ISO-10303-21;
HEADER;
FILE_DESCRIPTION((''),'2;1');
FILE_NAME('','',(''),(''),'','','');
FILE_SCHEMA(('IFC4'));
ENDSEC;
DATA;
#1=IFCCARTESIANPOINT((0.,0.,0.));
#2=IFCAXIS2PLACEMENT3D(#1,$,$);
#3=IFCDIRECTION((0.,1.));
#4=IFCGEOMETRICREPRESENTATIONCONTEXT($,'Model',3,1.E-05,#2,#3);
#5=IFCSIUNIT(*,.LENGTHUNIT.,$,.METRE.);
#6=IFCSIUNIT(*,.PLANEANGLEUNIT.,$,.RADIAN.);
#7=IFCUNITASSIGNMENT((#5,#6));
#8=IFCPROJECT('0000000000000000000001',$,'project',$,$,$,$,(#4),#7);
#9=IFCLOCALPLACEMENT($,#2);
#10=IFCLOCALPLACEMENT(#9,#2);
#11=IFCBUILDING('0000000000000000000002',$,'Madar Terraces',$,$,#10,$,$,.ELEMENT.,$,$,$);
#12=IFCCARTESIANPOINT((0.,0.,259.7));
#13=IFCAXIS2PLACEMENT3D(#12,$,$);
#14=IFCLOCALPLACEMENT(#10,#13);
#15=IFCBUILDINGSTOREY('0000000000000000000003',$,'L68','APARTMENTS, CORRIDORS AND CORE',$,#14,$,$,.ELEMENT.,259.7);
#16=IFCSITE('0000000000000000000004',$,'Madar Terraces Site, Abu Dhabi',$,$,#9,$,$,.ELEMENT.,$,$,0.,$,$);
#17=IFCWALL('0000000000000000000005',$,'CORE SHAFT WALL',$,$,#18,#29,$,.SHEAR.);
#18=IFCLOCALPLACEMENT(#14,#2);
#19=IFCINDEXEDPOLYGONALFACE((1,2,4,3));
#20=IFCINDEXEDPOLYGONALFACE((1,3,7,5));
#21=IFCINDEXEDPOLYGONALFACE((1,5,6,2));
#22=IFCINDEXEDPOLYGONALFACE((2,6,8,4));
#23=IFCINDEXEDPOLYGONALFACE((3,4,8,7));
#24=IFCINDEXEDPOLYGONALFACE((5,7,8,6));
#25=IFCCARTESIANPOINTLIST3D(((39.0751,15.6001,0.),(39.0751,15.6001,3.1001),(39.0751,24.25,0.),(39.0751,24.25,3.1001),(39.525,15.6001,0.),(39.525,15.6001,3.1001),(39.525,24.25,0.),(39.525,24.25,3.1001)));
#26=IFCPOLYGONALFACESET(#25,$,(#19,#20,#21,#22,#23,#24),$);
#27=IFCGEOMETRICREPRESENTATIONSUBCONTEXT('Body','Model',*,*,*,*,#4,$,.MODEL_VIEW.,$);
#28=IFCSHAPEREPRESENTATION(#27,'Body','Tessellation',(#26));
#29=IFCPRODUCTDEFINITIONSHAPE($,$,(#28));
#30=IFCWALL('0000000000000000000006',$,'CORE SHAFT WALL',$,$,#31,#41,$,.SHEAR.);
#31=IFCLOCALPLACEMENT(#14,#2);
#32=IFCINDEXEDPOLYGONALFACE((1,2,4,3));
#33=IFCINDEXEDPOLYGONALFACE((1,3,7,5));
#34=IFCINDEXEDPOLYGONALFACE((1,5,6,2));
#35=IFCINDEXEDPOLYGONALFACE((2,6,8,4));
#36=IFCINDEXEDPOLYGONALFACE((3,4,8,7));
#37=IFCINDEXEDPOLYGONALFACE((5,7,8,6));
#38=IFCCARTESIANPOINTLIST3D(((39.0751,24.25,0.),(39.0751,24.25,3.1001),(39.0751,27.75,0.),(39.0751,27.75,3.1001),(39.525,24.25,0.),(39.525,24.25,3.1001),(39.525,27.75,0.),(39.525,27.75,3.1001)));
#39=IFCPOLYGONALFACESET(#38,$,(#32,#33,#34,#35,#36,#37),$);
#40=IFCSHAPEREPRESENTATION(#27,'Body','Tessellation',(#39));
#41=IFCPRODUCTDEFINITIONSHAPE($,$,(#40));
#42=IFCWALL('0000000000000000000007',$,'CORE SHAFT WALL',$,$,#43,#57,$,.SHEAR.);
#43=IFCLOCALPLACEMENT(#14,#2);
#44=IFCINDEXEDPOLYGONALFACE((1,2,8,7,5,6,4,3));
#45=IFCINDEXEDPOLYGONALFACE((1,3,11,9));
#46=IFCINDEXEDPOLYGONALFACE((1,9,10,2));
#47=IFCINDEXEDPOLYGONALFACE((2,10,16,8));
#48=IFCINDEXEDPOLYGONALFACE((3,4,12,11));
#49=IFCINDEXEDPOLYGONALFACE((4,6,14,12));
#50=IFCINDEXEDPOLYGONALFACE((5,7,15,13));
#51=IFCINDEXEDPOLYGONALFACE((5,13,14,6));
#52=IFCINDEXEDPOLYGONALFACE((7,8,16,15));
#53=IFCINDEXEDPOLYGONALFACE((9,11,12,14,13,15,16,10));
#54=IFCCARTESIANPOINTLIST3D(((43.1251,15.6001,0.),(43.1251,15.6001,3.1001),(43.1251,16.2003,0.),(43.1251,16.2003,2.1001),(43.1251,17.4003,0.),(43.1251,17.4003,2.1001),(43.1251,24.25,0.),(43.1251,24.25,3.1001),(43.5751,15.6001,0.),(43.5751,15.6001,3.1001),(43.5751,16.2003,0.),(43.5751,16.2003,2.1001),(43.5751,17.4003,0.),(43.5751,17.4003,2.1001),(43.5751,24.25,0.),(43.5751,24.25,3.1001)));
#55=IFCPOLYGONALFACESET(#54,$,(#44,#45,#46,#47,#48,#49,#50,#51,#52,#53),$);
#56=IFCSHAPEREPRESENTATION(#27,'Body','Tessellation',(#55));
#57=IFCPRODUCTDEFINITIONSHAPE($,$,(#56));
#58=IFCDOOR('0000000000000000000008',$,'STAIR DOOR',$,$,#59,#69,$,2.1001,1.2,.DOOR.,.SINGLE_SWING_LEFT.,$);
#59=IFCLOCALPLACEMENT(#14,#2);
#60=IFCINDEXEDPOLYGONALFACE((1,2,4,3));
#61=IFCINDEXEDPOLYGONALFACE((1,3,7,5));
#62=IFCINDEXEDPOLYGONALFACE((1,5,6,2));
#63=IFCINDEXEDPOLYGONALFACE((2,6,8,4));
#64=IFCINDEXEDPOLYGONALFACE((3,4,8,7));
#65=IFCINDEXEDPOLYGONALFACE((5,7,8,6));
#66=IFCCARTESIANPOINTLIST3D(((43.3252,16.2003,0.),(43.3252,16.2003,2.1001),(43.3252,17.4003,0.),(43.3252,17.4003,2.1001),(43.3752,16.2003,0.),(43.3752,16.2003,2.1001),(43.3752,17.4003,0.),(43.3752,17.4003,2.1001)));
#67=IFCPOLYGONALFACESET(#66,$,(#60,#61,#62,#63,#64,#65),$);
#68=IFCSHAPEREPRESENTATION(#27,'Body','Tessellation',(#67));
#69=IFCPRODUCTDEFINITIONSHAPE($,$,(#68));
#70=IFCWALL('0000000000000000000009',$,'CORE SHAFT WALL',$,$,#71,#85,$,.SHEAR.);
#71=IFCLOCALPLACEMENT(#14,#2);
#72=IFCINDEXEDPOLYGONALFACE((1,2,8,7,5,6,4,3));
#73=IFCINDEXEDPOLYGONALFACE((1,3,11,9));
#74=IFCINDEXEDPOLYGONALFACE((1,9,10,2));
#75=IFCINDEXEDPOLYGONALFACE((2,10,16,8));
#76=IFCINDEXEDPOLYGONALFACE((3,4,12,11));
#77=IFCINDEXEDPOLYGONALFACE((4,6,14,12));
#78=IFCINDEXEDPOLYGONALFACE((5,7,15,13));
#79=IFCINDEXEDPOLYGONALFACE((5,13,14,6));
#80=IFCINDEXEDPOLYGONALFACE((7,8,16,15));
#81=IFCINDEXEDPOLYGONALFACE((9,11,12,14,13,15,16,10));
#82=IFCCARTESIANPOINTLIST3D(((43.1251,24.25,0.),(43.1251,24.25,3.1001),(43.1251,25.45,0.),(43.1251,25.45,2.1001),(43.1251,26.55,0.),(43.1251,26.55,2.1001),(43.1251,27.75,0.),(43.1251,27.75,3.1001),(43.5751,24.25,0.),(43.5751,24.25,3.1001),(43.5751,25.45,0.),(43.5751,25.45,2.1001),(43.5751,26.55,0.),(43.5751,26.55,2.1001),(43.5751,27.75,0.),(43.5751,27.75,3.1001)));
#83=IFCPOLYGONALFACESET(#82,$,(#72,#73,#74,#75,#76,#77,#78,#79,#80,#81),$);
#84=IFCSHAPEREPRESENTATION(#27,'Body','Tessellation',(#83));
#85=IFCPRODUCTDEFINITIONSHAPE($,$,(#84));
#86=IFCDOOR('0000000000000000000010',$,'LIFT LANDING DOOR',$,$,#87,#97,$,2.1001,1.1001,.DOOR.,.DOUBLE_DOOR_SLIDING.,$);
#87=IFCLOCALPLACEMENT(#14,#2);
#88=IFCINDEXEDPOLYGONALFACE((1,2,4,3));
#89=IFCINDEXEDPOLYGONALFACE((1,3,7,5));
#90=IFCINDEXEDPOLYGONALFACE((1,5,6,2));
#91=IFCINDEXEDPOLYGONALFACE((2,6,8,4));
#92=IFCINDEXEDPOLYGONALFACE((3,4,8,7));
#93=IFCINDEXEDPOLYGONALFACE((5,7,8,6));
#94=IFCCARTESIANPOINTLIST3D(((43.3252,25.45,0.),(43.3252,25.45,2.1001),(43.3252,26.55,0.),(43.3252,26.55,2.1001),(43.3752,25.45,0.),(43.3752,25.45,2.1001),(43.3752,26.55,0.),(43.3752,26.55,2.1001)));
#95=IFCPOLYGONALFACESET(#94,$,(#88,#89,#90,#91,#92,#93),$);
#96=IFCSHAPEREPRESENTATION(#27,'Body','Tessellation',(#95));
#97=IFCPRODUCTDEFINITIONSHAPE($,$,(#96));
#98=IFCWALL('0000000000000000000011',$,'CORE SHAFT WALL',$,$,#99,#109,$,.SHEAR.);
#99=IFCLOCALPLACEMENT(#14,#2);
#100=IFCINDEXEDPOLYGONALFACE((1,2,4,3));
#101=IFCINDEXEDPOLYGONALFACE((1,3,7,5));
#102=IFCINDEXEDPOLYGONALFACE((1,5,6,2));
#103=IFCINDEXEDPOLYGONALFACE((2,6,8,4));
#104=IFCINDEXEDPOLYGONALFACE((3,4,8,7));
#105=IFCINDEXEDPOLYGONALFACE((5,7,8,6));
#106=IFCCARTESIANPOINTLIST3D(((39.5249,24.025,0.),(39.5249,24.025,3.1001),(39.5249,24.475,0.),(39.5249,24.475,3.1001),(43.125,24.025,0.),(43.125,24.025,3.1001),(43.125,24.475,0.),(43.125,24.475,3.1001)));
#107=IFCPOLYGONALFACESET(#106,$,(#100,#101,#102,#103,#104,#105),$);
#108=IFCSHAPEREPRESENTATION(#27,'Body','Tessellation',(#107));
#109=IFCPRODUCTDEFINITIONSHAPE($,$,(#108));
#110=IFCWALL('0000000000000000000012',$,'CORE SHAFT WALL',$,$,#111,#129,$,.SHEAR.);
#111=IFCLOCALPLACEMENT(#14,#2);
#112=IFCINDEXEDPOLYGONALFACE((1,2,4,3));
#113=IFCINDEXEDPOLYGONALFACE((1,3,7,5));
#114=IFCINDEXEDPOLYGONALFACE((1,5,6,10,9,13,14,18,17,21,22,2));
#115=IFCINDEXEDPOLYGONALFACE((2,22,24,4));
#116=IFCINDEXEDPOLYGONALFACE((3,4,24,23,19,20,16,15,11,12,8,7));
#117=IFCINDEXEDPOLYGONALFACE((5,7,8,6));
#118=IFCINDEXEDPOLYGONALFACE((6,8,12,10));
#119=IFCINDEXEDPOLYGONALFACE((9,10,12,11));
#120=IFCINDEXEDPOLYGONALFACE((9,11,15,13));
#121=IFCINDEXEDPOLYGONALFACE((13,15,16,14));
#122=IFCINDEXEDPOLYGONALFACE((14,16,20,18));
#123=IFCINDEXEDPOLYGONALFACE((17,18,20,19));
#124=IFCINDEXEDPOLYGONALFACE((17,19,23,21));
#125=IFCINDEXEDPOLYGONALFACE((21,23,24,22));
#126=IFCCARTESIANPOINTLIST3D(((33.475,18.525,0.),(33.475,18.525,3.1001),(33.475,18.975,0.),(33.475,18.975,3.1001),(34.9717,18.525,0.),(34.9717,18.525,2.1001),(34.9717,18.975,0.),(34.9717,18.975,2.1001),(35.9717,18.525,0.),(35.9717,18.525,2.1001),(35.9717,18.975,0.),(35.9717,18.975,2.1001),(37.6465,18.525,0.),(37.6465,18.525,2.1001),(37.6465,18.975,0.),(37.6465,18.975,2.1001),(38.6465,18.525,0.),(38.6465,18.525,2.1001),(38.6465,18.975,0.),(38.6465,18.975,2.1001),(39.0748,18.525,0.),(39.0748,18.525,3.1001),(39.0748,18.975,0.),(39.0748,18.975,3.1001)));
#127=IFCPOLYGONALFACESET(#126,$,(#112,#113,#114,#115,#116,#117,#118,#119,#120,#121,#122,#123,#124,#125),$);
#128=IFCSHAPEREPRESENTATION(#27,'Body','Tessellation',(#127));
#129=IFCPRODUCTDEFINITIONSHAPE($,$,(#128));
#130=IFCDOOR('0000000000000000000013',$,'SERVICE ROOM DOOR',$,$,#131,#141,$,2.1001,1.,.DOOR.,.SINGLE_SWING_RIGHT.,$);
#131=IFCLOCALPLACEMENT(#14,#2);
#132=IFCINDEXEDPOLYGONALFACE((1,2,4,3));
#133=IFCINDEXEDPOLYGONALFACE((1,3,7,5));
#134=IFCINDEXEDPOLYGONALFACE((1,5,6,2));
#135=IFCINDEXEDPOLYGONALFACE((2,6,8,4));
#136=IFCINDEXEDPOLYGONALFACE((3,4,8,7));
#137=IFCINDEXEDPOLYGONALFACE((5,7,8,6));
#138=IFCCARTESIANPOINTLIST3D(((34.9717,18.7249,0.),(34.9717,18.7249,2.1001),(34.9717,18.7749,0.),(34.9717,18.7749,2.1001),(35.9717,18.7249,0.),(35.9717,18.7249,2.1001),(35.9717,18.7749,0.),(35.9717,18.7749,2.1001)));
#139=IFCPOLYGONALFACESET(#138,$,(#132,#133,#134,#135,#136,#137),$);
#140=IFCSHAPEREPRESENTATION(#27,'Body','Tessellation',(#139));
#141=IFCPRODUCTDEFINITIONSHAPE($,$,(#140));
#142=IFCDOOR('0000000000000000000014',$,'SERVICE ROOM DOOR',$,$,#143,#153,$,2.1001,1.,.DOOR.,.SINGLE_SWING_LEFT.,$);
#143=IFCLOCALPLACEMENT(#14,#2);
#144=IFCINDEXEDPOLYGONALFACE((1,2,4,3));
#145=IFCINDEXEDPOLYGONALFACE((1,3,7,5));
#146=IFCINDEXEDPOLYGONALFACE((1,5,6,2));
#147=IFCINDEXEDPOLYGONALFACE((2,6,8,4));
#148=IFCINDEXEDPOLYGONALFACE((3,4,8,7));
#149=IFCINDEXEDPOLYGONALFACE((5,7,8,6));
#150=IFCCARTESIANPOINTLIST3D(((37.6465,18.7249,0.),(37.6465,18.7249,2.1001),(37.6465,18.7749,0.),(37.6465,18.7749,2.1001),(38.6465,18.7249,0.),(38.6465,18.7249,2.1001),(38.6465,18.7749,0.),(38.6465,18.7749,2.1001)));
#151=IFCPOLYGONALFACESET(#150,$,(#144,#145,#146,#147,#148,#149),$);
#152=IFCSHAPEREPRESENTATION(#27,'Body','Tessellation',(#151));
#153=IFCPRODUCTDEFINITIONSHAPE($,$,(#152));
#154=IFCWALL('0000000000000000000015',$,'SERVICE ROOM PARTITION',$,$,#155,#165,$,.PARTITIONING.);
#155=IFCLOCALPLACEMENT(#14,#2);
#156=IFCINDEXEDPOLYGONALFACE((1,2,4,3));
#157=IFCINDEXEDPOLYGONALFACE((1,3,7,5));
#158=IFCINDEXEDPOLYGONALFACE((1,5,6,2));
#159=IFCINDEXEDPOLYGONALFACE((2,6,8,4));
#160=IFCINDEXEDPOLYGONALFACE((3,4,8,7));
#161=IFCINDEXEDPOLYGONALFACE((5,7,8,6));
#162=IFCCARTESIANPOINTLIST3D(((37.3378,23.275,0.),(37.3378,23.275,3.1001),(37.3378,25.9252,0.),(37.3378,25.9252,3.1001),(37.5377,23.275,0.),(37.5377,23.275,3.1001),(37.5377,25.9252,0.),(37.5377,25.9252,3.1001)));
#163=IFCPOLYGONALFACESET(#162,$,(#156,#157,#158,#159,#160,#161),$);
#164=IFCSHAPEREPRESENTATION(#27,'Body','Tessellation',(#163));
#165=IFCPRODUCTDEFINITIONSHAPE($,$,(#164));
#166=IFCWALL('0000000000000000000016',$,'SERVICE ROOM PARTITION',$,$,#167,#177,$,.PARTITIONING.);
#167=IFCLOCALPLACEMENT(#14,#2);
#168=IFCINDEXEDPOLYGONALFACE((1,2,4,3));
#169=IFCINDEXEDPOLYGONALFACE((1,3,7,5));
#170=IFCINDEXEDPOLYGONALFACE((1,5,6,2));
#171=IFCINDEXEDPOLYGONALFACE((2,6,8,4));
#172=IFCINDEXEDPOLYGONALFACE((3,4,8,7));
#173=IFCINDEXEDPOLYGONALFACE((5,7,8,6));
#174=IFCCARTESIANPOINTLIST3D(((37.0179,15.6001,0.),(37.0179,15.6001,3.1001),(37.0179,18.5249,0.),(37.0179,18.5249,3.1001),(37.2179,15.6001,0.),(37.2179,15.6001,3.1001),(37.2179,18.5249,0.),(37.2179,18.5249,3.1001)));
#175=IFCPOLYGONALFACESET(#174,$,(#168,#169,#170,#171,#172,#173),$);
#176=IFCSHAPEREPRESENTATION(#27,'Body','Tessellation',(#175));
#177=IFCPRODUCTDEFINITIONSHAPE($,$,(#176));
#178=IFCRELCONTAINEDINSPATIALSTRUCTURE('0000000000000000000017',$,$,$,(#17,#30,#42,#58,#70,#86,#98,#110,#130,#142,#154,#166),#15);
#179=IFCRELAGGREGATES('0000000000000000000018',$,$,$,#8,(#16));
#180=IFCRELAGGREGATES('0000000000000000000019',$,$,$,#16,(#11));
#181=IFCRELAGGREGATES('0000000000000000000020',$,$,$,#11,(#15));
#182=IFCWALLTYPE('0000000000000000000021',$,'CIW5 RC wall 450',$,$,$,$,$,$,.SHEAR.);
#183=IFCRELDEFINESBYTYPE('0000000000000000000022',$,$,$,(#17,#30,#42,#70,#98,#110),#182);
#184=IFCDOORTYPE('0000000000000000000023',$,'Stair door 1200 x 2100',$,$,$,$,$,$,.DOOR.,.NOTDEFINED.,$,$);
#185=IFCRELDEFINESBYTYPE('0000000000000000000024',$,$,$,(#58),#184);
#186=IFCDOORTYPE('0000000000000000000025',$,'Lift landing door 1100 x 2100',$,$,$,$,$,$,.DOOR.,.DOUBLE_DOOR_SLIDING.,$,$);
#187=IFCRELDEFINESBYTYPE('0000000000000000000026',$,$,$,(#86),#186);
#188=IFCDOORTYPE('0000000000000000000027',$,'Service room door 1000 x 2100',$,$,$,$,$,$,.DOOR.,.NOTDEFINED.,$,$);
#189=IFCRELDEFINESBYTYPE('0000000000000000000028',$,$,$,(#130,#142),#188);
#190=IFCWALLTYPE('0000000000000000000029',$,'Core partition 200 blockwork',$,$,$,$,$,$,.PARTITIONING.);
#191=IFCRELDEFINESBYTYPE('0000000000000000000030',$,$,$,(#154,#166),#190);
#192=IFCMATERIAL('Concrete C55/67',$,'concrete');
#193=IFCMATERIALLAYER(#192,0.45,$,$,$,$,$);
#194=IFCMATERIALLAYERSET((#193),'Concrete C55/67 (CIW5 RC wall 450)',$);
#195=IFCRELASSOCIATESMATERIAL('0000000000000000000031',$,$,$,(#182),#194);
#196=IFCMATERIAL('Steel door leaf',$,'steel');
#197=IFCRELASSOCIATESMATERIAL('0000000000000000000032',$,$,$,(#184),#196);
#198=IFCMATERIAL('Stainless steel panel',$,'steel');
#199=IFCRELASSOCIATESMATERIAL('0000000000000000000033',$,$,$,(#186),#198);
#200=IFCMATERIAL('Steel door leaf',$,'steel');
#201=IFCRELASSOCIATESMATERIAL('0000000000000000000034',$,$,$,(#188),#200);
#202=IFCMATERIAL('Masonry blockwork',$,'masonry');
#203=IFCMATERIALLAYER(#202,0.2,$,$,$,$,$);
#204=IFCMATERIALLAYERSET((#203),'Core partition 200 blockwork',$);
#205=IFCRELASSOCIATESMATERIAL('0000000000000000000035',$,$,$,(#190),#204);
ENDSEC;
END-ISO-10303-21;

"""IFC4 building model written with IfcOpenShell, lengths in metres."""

from ifc_helpers import new_model, si_unit, direction, frame, frame_2d, origin, place, context, subcontext, project, spatial, rectangle, extrude, material, layer, layer_set, type_object, element, fill, save


model = new_model("IFC4")

# Units and contexts
model_context = context("Model", 3, precision=1e-05, world=origin(), true_north=direction((0.0, 1.0)))
body_context = subcontext(model_context, "Body", "Model", "MODEL_VIEW")
ifc_project = project(units=[si_unit("LENGTHUNIT", "METRE"), si_unit("PLANEANGLEUNIT", "RADIAN")], contexts=[model_context])

# Site, building, storey
site_placement = place(None, origin())
site = spatial("IfcSite", under=ifc_project, at=site_placement, Name="Madar Terraces Site, Abu Dhabi", CompositionType="ELEMENT", RefElevation=0.0)
building_placement = place(site_placement, origin())
building = spatial("IfcBuilding", under=site, at=building_placement, Name="Madar Terraces", CompositionType="ELEMENT")
storey_placement = place(building_placement, frame((0.0, 0.0, 259.7)))
storey = spatial("IfcBuildingStorey", under=building, at=storey_placement, Name="L68", Description="APARTMENTS, CORRIDORS AND CORE", CompositionType="ELEMENT", Elevation=259.7)

# Walls
ifc_material_1 = material(Name="Concrete C55/67", Category="concrete")
ifc_layer_1 = layer(ifc_material_1, 0.45)
ifc_layer_set_1 = layer_set([ifc_layer_1], Name="Concrete C55/67 (CIW5 RC wall 450)")
wall_type_1 = type_object("IfcWallType", Name="CIW5 RC wall 450", PredefinedType="SHEAR", material=ifc_layer_set_1)
wall_1_placement = place(storey_placement, frame((39.3, 15.6001, 0.0), z_axis=(0.0, 0.0, 1.0), x_axis=(0.0, 1.0, 0.0)))
element("IfcWall", 1, at=wall_1_placement, inside=storey, type_object=wall_type_1, Name="CORE SHAFT WALL", PredefinedType="SHEAR", context=body_context, shape_type="SweptSolid", body=[
    extrude(rectangle(XDim=8.6499, YDim=0.45, at=frame_2d((4.325, 0.0))), origin(), (0.0, 0.0, 1.0), 3.1001),
])
wall_2_placement = place(storey_placement, frame((39.3, 24.25, 0.0), z_axis=(0.0, 0.0, 1.0), x_axis=(0.0, 1.0, 0.0)))
element("IfcWall", 2, at=wall_2_placement, inside=storey, type_object=wall_type_1, Name="CORE SHAFT WALL", PredefinedType="SHEAR", context=body_context, shape_type="SweptSolid", body=[
    extrude(rectangle(XDim=3.5, YDim=0.45, at=frame_2d((1.75, 0.0))), origin(), (0.0, 0.0, 1.0), 3.1001),
])

# Walls, openings, doors
wall_3_placement = place(storey_placement, frame((43.3501, 15.6001, 0.0), z_axis=(0.0, 0.0, 1.0), x_axis=(0.0, 1.0, 0.0)))
wall_3 = element("IfcWall", 3, at=wall_3_placement, inside=storey, type_object=wall_type_1, Name="CORE SHAFT WALL", PredefinedType="SHEAR", context=body_context, shape_type="SweptSolid", body=[
    extrude(rectangle(XDim=8.6499, YDim=0.45, at=frame_2d((4.325, 0.0))), origin(), (0.0, 0.0, 1.0), 3.1001),
])
opening_1_placement = place(wall_3_placement, frame((0.6001, 0.0, 0.0)))
opening_1 = element("IfcOpeningElement", 4, at=opening_1_placement, cuts=wall_3, PredefinedType="OPENING", context=body_context, shape_type="SweptSolid", body=[
    extrude(rectangle(XDim=1.2, YDim=2.1001, at=frame_2d((0.6001, 1.05))), frame((0.0, 0.2349, 0.0), z_axis=(0.0, -1.0, 0.0), x_axis=(1.0, 0.0, 0.0)), (0.0, 0.0, 1.0), 0.47),
])
ifc_material_2 = material(Name="Steel door leaf", Category="steel")
door_type_1 = type_object("IfcDoorType", Name="Stair door 1200 x 2100", OperationType="NOTDEFINED", PredefinedType="DOOR", material=ifc_material_2)
door_1_placement = place(opening_1_placement, origin())
door_1 = element("IfcDoor", 5, at=door_1_placement, inside=storey, type_object=door_type_1, Name="STAIR DOOR", OperationType="SINGLE_SWING_LEFT", OverallHeight=2.1001, OverallWidth=1.2, PredefinedType="DOOR", context=body_context, shape_type="SweptSolid", body=[
    extrude(rectangle(XDim=1.2, YDim=2.1001, at=frame_2d((0.6001, 1.05))), frame((0.0, 0.0249, 0.0), z_axis=(0.0, -1.0, 0.0), x_axis=(1.0, 0.0, 0.0)), (0.0, 0.0, 1.0), 0.05),
])
fill(opening_1, door_1)
wall_4_placement = place(storey_placement, frame((43.3501, 24.25, 0.0), z_axis=(0.0, 0.0, 1.0), x_axis=(0.0, 1.0, 0.0)))
wall_4 = element("IfcWall", 6, at=wall_4_placement, inside=storey, type_object=wall_type_1, Name="CORE SHAFT WALL", PredefinedType="SHEAR", context=body_context, shape_type="SweptSolid", body=[
    extrude(rectangle(XDim=3.5, YDim=0.45, at=frame_2d((1.75, 0.0))), origin(), (0.0, 0.0, 1.0), 3.1001),
])
opening_2_placement = place(wall_4_placement, frame((1.2, 0.0, 0.0)))
opening_2 = element("IfcOpeningElement", 7, at=opening_2_placement, cuts=wall_4, PredefinedType="OPENING", context=body_context, shape_type="SweptSolid", body=[
    extrude(rectangle(XDim=1.1001, YDim=2.1001, at=frame_2d((0.55, 1.05))), frame((0.0, 0.2349, 0.0), z_axis=(0.0, -1.0, 0.0), x_axis=(1.0, 0.0, 0.0)), (0.0, 0.0, 1.0), 0.47),
])
ifc_material_3 = material(Name="Stainless steel panel", Category="steel")
door_type_2 = type_object("IfcDoorType", Name="Lift landing door 1100 x 2100", OperationType="DOUBLE_DOOR_SLIDING", PredefinedType="DOOR", material=ifc_material_3)
door_2_placement = place(opening_2_placement, origin())
door_2 = element("IfcDoor", 8, at=door_2_placement, inside=storey, type_object=door_type_2, Name="LIFT LANDING DOOR", OperationType="DOUBLE_DOOR_SLIDING", OverallHeight=2.1001, OverallWidth=1.1001, PredefinedType="DOOR", context=body_context, shape_type="SweptSolid", body=[
    extrude(rectangle(XDim=1.1001, YDim=2.1001, at=frame_2d((0.55, 1.05))), frame((0.0, 0.0249, 0.0), z_axis=(0.0, -1.0, 0.0), x_axis=(1.0, 0.0, 0.0)), (0.0, 0.0, 1.0), 0.05),
])
fill(opening_2, door_2)

# Wall
wall_5_placement = place(storey_placement, frame((39.5249, 24.25, 0.0), z_axis=(0.0, 0.0, 1.0), x_axis=(1.0, 0.0, 0.0)))
element("IfcWall", 9, at=wall_5_placement, inside=storey, type_object=wall_type_1, Name="CORE SHAFT WALL", PredefinedType="SHEAR", context=body_context, shape_type="SweptSolid", body=[
    extrude(rectangle(XDim=3.6001, YDim=0.45, at=frame_2d((1.8, 0.0))), origin(), (0.0, 0.0, 1.0), 3.1001),
])

# Wall, openings, doors
wall_6_placement = place(storey_placement, frame((33.4751, 18.75, 0.0), z_axis=(0.0, 0.0, 1.0), x_axis=(1.0, 0.0, 0.0)))
wall_6 = element("IfcWall", 10, at=wall_6_placement, inside=storey, type_object=wall_type_1, Name="CORE SHAFT WALL", PredefinedType="SHEAR", context=body_context, shape_type="SweptSolid", body=[
    extrude(rectangle(XDim=5.5999, YDim=0.45, at=frame_2d((2.7998, 0.0))), origin(), (0.0, 0.0, 1.0), 3.1001),
])
opening_3_placement = place(wall_6_placement, frame((1.4966, 0.0, 0.0)))
opening_3 = element("IfcOpeningElement", 11, at=opening_3_placement, cuts=wall_6, PredefinedType="OPENING", context=body_context, shape_type="SweptSolid", body=[
    extrude(rectangle(XDim=1.0, YDim=2.1001, at=frame_2d((0.5, 1.05))), frame((0.0, 0.2349, 0.0), z_axis=(0.0, -1.0, 0.0), x_axis=(1.0, 0.0, 0.0)), (0.0, 0.0, 1.0), 0.47),
])
opening_4_placement = place(wall_6_placement, frame((4.1714, 0.0, 0.0)))
opening_4 = element("IfcOpeningElement", 12, at=opening_4_placement, cuts=wall_6, PredefinedType="OPENING", context=body_context, shape_type="SweptSolid", body=[
    extrude(rectangle(XDim=1.0, YDim=2.1001, at=frame_2d((0.5, 1.05))), frame((0.0, 0.2349, 0.0), z_axis=(0.0, -1.0, 0.0), x_axis=(1.0, 0.0, 0.0)), (0.0, 0.0, 1.0), 0.47),
])
ifc_material_4 = material(Name="Steel door leaf", Category="steel")
door_type_3 = type_object("IfcDoorType", Name="Service room door 1000 x 2100", OperationType="NOTDEFINED", PredefinedType="DOOR", material=ifc_material_4)
door_3_placement = place(opening_3_placement, origin())
door_3 = element("IfcDoor", 13, at=door_3_placement, inside=storey, type_object=door_type_3, Name="SERVICE ROOM DOOR", OperationType="SINGLE_SWING_RIGHT", OverallHeight=2.1001, OverallWidth=1.0, PredefinedType="DOOR", context=body_context, shape_type="SweptSolid", body=[
    extrude(rectangle(XDim=1.0, YDim=2.1001, at=frame_2d((0.5, 1.05))), frame((0.0, 0.0249, 0.0), z_axis=(0.0, -1.0, 0.0), x_axis=(1.0, 0.0, 0.0)), (0.0, 0.0, 1.0), 0.05),
])
fill(opening_3, door_3)
door_4_placement = place(opening_4_placement, origin())
door_4 = element("IfcDoor", 14, at=door_4_placement, inside=storey, type_object=door_type_3, Name="SERVICE ROOM DOOR", OperationType="SINGLE_SWING_LEFT", OverallHeight=2.1001, OverallWidth=1.0, PredefinedType="DOOR", context=body_context, shape_type="SweptSolid", body=[
    extrude(rectangle(XDim=1.0, YDim=2.1001, at=frame_2d((0.5, 1.05))), frame((0.0, 0.0249, 0.0), z_axis=(0.0, -1.0, 0.0), x_axis=(1.0, 0.0, 0.0)), (0.0, 0.0, 1.0), 0.05),
])
fill(opening_4, door_4)

# Walls
ifc_material_5 = material(Name="Masonry blockwork", Category="masonry")
ifc_layer_2 = layer(ifc_material_5, 0.2)
ifc_layer_set_2 = layer_set([ifc_layer_2], Name="Core partition 200 blockwork")
wall_type_2 = type_object("IfcWallType", Name="Core partition 200 blockwork", PredefinedType="PARTITIONING", material=ifc_layer_set_2)
wall_7_placement = place(storey_placement, frame((37.4377, 23.2749, 0.0), z_axis=(0.0, 0.0, 1.0), x_axis=(0.0, 1.0, 0.0)))
element("IfcWall", 15, at=wall_7_placement, inside=storey, type_object=wall_type_2, Name="SERVICE ROOM PARTITION", PredefinedType="PARTITIONING", context=body_context, shape_type="SweptSolid", body=[
    extrude(rectangle(XDim=2.6501, YDim=0.2, at=frame_2d((1.3252, 0.0))), origin(), (0.0, 0.0, 1.0), 3.1001),
])
wall_8_placement = place(storey_placement, frame((37.1179, 15.6001, 0.0), z_axis=(0.0, 0.0, 1.0), x_axis=(0.0, 1.0, 0.0)))
element("IfcWall", 16, at=wall_8_placement, inside=storey, type_object=wall_type_2, Name="SERVICE ROOM PARTITION", PredefinedType="PARTITIONING", context=body_context, shape_type="SweptSolid", body=[
    extrude(rectangle(XDim=2.9248, YDim=0.2, at=frame_2d((1.4624, 0.0))), origin(), (0.0, 0.0, 1.0), 3.1001),
])

save(model, "model.ifc")
